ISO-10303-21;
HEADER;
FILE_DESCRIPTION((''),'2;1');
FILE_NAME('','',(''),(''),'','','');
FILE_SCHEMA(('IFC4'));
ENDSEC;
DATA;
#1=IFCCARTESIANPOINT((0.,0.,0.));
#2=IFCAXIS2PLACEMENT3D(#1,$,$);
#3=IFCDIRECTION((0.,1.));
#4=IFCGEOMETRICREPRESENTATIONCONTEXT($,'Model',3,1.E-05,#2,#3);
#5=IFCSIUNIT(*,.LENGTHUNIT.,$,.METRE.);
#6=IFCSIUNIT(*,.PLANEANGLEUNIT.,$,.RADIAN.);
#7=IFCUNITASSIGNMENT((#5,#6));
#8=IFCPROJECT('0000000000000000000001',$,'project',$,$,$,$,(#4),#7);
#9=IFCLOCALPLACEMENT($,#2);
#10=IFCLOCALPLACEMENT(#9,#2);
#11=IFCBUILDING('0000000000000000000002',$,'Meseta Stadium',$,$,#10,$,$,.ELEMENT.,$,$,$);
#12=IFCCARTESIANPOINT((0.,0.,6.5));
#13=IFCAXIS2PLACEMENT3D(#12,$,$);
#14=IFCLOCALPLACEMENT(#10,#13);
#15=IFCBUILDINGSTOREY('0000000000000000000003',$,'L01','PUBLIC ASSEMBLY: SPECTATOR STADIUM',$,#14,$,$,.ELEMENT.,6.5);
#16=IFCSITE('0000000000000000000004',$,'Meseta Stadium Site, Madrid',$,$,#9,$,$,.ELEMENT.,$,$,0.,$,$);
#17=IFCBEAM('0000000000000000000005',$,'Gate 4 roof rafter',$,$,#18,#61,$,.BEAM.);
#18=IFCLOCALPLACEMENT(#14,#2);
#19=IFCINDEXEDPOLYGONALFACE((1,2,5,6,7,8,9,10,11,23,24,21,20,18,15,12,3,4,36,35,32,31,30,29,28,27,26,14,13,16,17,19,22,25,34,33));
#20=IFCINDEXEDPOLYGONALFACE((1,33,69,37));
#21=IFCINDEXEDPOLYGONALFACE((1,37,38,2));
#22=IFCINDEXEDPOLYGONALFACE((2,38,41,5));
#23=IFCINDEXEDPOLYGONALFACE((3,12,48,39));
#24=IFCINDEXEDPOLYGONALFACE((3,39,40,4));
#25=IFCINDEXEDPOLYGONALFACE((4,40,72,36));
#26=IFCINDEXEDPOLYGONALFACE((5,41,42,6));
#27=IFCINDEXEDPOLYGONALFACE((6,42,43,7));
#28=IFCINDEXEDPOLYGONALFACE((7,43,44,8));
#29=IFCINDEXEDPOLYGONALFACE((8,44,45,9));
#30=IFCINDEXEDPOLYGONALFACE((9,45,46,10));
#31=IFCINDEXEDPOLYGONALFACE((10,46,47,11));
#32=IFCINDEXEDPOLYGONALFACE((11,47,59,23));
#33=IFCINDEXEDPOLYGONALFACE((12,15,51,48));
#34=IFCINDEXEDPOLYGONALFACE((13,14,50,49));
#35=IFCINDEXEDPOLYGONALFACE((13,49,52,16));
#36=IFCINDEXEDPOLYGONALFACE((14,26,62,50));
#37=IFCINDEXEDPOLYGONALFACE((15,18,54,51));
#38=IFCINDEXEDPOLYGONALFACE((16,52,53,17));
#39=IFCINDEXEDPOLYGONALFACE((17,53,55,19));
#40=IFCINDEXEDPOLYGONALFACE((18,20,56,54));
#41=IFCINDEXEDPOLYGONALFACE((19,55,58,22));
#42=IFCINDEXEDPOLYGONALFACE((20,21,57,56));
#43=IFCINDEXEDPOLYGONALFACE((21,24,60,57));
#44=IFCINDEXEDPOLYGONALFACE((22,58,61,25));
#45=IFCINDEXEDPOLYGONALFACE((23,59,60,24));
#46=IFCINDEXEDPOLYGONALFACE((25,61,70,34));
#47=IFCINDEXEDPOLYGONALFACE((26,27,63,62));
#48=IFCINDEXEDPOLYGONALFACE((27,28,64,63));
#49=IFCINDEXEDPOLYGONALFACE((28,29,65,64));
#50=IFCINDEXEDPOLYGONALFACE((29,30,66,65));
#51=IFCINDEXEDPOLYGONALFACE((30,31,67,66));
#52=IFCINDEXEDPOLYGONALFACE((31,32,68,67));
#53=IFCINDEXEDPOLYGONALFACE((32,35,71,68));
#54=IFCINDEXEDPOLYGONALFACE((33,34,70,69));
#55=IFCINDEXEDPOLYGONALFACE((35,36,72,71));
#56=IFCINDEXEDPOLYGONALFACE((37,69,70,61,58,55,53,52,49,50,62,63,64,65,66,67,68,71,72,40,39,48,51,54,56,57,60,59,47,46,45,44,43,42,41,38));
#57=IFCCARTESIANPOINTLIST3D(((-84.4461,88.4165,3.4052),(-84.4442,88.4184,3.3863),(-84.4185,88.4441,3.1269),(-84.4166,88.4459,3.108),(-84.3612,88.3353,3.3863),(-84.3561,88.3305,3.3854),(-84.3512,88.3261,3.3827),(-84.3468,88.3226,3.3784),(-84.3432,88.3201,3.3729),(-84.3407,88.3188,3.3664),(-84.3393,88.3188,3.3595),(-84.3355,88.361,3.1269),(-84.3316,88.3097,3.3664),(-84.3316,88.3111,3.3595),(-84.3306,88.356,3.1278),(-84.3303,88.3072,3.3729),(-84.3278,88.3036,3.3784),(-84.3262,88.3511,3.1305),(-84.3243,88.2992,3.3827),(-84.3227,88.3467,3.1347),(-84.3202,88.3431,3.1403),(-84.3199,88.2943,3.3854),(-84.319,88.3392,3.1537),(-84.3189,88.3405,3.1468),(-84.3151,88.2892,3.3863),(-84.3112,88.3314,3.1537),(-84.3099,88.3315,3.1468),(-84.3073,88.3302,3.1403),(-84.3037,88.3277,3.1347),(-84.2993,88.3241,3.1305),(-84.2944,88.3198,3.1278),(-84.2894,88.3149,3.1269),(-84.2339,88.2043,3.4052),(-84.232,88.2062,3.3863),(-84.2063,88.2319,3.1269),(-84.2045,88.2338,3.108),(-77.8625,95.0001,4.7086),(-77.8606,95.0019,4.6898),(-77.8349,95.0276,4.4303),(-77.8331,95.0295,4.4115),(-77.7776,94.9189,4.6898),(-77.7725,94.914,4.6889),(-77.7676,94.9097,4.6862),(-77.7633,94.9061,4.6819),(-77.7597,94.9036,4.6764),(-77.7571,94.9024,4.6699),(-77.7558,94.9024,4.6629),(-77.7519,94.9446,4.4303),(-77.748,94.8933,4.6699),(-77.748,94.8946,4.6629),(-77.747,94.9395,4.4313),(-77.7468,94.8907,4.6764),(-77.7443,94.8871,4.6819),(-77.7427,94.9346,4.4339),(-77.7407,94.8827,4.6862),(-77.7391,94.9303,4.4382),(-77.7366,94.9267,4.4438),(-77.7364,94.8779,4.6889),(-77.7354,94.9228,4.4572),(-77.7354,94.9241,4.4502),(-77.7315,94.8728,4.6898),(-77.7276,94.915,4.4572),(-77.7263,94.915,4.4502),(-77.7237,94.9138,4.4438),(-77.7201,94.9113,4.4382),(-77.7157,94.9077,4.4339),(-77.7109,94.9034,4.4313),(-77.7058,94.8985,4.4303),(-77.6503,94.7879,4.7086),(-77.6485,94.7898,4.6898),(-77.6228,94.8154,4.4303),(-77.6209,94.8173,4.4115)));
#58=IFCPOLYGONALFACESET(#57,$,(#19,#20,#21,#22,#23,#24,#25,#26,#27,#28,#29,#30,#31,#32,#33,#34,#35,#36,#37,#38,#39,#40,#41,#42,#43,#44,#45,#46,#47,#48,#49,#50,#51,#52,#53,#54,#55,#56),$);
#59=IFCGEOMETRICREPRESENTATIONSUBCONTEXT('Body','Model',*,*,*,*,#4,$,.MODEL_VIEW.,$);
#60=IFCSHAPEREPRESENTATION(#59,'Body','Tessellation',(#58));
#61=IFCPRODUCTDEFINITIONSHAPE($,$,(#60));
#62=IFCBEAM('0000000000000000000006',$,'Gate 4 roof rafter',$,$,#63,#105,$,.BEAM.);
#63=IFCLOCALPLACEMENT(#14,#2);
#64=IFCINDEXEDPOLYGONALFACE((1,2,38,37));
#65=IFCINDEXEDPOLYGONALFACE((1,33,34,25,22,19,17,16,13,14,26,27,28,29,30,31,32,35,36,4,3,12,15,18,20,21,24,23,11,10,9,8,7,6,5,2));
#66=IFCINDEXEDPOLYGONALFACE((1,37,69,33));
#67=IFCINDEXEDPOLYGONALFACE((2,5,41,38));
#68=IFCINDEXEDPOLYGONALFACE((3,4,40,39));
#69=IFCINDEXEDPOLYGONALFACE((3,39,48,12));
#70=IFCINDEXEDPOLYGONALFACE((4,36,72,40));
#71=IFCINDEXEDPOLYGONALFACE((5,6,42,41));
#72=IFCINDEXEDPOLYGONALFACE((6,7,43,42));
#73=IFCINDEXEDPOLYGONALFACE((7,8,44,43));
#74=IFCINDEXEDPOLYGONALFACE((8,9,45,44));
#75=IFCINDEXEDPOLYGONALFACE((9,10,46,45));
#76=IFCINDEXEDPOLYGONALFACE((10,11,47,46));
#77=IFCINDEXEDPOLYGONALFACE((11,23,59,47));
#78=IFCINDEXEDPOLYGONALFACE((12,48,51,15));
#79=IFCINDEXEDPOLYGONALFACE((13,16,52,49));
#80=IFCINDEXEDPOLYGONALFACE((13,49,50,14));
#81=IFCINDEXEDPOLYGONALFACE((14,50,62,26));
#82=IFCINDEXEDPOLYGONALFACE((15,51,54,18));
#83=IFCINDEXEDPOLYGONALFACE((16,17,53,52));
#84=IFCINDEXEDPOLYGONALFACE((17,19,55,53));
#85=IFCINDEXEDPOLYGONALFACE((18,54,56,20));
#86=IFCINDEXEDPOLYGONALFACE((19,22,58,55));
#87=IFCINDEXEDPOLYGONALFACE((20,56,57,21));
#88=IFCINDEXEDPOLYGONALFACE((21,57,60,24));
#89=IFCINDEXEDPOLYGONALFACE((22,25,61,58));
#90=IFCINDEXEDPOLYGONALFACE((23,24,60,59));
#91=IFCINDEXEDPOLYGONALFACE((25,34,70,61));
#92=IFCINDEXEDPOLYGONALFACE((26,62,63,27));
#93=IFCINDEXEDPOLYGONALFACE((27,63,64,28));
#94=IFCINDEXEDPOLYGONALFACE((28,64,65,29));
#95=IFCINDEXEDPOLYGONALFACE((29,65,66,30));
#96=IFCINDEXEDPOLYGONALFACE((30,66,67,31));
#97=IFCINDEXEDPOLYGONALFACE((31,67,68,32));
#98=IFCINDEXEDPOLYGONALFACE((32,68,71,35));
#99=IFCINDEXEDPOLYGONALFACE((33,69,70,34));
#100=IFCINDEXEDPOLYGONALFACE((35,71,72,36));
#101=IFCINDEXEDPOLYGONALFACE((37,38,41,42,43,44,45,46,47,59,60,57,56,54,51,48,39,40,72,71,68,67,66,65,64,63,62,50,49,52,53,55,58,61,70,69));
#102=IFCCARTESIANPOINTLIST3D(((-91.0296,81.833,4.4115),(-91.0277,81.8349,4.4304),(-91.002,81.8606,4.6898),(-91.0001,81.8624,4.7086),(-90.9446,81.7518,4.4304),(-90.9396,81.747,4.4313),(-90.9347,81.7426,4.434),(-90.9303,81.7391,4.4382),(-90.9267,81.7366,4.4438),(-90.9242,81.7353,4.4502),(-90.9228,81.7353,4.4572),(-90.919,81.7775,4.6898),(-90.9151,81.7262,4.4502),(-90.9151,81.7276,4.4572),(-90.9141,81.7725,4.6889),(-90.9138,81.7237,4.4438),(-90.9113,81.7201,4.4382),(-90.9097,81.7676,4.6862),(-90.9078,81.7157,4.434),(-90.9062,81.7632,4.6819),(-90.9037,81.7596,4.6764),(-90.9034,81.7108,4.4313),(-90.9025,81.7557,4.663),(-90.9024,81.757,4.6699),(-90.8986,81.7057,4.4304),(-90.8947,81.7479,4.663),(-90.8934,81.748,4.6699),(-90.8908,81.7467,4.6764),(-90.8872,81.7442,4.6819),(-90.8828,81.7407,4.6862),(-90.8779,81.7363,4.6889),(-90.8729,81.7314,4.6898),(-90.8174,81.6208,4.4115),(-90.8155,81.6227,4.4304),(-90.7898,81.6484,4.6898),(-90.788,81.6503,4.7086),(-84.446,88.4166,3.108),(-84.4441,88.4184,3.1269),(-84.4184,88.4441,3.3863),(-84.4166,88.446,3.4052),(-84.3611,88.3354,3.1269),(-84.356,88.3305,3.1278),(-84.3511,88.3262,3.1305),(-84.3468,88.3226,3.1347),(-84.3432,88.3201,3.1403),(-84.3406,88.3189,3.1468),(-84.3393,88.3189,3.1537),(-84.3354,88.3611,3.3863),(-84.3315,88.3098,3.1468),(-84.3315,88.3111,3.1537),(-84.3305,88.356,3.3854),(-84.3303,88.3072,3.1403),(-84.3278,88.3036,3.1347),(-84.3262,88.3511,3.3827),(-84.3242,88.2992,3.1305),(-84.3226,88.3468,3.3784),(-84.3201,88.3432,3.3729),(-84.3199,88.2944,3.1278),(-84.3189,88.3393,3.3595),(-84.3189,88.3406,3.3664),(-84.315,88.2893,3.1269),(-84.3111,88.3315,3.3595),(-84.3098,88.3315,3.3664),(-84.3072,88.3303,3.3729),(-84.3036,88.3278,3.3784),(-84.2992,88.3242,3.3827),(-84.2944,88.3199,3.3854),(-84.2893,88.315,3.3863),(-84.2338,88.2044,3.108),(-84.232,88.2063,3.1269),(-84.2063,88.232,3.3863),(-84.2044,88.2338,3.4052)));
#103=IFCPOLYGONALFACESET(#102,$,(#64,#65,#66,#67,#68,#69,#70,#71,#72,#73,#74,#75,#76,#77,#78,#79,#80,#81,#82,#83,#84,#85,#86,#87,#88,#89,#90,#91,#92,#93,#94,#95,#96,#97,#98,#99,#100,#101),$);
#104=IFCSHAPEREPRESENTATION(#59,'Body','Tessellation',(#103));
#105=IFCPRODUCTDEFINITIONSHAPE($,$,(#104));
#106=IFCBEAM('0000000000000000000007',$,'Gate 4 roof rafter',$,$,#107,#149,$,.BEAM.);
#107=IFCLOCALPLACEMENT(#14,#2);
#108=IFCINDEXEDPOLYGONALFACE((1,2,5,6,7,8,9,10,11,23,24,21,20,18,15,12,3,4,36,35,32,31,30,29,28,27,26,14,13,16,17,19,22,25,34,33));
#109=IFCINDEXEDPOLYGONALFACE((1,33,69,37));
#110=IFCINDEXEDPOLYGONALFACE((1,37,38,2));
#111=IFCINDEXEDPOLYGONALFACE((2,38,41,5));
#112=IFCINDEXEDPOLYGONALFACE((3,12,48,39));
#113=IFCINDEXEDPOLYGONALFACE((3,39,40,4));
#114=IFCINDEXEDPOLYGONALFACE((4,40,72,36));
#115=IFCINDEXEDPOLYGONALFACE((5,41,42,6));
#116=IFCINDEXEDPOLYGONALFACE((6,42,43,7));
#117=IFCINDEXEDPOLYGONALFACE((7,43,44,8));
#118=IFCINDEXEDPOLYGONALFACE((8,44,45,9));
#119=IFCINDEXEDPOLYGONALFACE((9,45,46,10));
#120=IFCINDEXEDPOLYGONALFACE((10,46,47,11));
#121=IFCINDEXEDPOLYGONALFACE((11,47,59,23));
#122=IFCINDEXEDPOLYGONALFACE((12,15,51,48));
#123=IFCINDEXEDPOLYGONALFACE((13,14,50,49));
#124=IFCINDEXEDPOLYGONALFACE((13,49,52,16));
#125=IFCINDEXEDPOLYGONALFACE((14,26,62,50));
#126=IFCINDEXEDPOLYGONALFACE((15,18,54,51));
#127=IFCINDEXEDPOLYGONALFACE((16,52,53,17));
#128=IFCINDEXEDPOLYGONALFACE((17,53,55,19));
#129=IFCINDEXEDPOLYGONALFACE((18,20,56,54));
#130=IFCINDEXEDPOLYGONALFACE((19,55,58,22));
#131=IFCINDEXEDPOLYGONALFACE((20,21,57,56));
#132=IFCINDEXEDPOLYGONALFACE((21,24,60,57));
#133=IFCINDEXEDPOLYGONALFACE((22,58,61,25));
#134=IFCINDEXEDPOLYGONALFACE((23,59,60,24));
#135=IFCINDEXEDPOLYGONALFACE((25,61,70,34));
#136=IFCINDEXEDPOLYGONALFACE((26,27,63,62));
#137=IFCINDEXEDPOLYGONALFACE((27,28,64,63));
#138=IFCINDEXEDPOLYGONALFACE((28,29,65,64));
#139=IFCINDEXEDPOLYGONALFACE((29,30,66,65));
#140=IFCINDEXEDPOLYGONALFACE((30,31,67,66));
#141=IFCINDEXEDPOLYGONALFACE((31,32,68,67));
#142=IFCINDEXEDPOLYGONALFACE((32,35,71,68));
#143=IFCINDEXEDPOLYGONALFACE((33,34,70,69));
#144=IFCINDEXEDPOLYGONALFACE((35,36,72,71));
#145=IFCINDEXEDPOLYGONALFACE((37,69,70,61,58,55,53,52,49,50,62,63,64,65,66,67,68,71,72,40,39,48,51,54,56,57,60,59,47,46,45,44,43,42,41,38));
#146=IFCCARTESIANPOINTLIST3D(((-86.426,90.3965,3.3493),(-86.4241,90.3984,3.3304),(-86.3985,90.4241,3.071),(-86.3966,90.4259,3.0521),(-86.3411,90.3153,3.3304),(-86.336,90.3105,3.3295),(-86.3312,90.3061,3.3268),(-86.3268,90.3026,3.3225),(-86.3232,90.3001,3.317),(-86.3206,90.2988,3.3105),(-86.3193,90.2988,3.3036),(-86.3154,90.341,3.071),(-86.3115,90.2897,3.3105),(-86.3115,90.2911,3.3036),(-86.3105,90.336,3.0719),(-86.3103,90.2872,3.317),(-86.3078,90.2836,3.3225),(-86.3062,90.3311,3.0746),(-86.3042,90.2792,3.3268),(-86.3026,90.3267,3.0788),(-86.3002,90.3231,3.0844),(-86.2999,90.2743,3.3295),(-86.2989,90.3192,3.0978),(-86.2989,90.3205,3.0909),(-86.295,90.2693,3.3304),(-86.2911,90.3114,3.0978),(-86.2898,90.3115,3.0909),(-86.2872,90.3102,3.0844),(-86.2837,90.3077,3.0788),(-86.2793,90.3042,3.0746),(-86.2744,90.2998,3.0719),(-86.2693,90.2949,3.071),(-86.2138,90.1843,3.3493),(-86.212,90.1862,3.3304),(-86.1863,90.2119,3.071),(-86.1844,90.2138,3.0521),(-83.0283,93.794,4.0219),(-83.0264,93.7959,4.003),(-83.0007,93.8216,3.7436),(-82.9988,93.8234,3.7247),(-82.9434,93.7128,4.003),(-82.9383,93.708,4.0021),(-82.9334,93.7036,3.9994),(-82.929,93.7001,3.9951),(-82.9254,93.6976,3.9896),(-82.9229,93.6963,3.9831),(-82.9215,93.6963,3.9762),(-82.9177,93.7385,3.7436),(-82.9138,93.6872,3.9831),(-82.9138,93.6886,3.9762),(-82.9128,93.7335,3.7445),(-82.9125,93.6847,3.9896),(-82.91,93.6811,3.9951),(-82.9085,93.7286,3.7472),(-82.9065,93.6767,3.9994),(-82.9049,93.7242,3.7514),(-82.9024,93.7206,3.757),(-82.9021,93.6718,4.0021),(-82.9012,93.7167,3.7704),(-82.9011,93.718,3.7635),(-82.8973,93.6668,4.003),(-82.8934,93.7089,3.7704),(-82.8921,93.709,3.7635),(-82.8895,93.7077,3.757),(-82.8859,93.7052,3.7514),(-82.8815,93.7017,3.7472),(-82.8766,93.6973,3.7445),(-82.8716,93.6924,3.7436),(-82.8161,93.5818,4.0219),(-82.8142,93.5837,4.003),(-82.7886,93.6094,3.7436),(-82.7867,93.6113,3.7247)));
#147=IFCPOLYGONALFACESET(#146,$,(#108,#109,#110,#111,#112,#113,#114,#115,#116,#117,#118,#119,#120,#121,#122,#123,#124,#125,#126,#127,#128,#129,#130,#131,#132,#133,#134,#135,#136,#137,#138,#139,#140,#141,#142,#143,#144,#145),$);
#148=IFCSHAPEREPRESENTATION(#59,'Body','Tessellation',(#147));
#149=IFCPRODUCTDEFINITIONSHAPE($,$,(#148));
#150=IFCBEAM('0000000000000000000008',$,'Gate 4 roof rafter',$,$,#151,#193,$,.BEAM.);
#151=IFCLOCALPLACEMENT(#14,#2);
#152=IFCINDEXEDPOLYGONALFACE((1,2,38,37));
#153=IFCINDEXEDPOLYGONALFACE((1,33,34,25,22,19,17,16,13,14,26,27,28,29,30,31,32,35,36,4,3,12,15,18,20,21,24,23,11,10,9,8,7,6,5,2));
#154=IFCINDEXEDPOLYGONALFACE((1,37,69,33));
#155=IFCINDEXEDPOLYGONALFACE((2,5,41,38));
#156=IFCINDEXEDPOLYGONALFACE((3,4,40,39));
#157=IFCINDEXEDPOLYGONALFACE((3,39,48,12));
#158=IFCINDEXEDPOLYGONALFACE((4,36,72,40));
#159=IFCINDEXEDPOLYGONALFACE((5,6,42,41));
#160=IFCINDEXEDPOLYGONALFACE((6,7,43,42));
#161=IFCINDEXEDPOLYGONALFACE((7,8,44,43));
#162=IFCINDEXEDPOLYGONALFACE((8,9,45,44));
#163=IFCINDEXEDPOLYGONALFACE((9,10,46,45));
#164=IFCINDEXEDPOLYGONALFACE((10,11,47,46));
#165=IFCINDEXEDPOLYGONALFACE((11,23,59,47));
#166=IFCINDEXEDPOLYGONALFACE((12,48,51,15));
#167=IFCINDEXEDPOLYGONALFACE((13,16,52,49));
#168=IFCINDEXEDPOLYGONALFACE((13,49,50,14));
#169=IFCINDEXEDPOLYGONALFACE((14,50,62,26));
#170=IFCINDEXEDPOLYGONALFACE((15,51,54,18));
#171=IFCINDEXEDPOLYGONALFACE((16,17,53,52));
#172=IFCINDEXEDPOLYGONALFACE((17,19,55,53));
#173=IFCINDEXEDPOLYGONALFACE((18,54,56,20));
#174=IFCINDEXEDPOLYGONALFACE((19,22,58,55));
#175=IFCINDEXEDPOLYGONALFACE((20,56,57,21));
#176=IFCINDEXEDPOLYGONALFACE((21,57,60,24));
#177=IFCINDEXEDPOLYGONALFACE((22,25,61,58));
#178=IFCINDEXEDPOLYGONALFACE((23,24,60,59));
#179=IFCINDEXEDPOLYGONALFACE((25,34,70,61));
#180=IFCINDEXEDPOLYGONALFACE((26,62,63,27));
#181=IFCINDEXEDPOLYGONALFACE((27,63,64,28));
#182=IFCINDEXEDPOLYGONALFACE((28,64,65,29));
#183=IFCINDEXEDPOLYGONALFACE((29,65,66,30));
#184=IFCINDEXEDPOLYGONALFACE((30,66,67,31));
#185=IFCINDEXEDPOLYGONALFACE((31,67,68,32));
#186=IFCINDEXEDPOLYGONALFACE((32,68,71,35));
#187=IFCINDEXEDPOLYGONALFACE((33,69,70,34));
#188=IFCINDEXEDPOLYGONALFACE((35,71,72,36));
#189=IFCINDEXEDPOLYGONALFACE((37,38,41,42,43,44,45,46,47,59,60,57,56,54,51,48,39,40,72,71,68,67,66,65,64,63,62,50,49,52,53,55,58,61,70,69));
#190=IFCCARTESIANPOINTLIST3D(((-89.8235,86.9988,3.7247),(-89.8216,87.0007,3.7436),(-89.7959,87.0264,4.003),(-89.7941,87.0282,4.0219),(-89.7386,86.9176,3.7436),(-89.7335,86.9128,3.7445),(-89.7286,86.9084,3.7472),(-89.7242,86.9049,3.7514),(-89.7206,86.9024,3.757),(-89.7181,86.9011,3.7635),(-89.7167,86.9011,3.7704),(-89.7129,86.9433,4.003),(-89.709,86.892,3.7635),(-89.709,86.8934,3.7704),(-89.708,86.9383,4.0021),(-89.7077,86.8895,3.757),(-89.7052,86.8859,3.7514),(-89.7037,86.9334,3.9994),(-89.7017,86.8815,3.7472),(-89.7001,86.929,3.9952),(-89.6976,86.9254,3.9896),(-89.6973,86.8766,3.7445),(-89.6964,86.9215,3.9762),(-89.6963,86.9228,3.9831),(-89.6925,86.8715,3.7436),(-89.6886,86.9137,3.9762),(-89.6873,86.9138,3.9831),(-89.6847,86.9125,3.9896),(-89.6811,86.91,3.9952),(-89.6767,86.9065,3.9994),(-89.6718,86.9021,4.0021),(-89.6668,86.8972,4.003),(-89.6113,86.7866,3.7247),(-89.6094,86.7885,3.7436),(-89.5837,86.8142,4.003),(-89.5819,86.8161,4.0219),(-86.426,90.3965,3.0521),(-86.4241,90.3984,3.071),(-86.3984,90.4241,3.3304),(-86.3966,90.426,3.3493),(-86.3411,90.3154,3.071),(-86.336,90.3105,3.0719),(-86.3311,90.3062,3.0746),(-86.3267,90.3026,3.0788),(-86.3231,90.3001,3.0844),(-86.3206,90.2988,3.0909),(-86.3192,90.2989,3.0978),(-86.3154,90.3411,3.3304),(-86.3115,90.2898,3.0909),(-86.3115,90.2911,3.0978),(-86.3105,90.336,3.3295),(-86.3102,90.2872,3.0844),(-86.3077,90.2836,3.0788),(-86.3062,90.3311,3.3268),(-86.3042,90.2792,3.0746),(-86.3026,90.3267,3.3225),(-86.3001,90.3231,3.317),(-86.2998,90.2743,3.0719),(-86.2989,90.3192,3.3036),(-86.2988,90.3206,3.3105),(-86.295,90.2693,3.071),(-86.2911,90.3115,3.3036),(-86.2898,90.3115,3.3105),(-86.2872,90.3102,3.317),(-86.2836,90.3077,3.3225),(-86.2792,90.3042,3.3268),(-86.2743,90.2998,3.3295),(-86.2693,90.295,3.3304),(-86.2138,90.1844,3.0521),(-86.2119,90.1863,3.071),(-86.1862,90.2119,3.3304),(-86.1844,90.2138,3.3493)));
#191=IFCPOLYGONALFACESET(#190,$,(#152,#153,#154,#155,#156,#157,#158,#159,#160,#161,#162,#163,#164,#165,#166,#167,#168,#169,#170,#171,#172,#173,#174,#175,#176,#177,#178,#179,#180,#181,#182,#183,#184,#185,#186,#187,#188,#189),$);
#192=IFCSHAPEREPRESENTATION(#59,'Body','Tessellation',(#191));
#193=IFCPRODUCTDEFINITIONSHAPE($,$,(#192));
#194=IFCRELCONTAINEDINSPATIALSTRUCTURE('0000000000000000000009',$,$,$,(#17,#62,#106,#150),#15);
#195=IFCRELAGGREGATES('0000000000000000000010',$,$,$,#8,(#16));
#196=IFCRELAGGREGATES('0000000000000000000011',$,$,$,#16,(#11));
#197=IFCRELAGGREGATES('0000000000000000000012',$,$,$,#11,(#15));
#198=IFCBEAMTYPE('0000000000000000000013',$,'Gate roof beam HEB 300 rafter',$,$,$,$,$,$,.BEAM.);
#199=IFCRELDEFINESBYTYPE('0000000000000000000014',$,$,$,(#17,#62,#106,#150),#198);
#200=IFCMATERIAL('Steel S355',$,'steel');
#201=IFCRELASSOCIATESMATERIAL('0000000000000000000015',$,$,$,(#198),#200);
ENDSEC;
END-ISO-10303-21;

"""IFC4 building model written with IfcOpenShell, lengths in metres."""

from ifc_helpers import new_model, si_unit, direction, frame, origin, origin_2d, place, context, subcontext, project, spatial, i_section, extrude, material, material_profile, profile_set, type_object, element, save


model = new_model("IFC4")

# Units and contexts
model_context = context("Model", 3, precision=1e-05, world=origin(), true_north=direction((0.0, 1.0)))
body_context = subcontext(model_context, "Body", "Model", "MODEL_VIEW")
ifc_project = project(units=[si_unit("LENGTHUNIT", "METRE"), si_unit("PLANEANGLEUNIT", "RADIAN")], contexts=[model_context])

# Site, building, storey
site_placement = place(None, origin())
site = spatial("IfcSite", under=ifc_project, at=site_placement, Name="Meseta Stadium Site, Madrid", CompositionType="ELEMENT", RefElevation=0.0)
building_placement = place(site_placement, origin())
building = spatial("IfcBuilding", under=site, at=building_placement, Name="Meseta Stadium", CompositionType="ELEMENT")
storey_placement = place(building_placement, frame((0.0, 0.0, 6.5)))
storey = spatial("IfcBuildingStorey", under=building, at=storey_placement, Name="L01", Description="PUBLIC ASSEMBLY: SPECTATOR STADIUM", CompositionType="ELEMENT", Elevation=6.5)

# Beams
ifc_material_1 = material(Name="Steel S355", Category="steel")
ifc_material_profile_1 = material_profile(ifc_material_1, i_section(OverallWidth=0.3, OverallDepth=0.3, WebThickness=0.011, FlangeThickness=0.019, FilletRadius=0.0271, at=origin_2d()), Name="HEB 300")
ifc_profile_set_1 = profile_set([ifc_material_profile_1], Name="Steel S355")
beam_type_1 = type_object("IfcBeamType", Name="Gate roof beam HEB 300 rafter", PredefinedType="BEAM", material=ifc_profile_set_1)
for number, where, z_axis, x_axis, name in (
    (1, (-77.7417, 94.9087, 4.5601), (-0.700277, -0.700277, -0.138648), (0.707107, -0.707107, 0.0), "Gate 4 roof rafter"),
    (2, (-84.3252, 88.3252, 3.2566), (-0.700277, -0.700277, 0.138648), (0.707107, -0.707107, 0.0), "Gate 4 roof rafter"),
):
    element("IfcBeam", number, at=place(storey_placement, frame(where, z_axis=z_axis, x_axis=x_axis)), inside=storey, type_object=beam_type_1, Name=name, PredefinedType="BEAM", context=body_context, shape_type="SweptSolid", body=[
        extrude(i_section(OverallWidth=0.3, OverallDepth=0.3, WebThickness=0.011, FlangeThickness=0.019, FilletRadius=0.0271, at=origin_2d()), origin(), (0.0, 0.0, 1.0), 9.4014),
    ])
for number, where, z_axis, x_axis, name in (
    (3, (-82.9075, 93.7026, 3.8733), (-0.700304, -0.700254, -0.138632), (0.707081, -0.707132, 0.0), "Gate 4 roof rafter"),
    (4, (-86.3052, 90.3052, 3.2007), (-0.700254, -0.700304, 0.138632), (0.707132, -0.707081, 0.0), "Gate 4 roof rafter"),
):
    element("IfcBeam", number, at=place(storey_placement, frame(where, z_axis=z_axis, x_axis=x_axis)), inside=storey, type_object=beam_type_1, Name=name, PredefinedType="BEAM", context=body_context, shape_type="SweptSolid", body=[
        extrude(i_section(OverallWidth=0.3, OverallDepth=0.3, WebThickness=0.011, FlangeThickness=0.019, FilletRadius=0.0271, at=origin_2d()), origin(), (0.0, 0.0, 1.0), 4.8518),
    ])

save(model, "model.ifc")
